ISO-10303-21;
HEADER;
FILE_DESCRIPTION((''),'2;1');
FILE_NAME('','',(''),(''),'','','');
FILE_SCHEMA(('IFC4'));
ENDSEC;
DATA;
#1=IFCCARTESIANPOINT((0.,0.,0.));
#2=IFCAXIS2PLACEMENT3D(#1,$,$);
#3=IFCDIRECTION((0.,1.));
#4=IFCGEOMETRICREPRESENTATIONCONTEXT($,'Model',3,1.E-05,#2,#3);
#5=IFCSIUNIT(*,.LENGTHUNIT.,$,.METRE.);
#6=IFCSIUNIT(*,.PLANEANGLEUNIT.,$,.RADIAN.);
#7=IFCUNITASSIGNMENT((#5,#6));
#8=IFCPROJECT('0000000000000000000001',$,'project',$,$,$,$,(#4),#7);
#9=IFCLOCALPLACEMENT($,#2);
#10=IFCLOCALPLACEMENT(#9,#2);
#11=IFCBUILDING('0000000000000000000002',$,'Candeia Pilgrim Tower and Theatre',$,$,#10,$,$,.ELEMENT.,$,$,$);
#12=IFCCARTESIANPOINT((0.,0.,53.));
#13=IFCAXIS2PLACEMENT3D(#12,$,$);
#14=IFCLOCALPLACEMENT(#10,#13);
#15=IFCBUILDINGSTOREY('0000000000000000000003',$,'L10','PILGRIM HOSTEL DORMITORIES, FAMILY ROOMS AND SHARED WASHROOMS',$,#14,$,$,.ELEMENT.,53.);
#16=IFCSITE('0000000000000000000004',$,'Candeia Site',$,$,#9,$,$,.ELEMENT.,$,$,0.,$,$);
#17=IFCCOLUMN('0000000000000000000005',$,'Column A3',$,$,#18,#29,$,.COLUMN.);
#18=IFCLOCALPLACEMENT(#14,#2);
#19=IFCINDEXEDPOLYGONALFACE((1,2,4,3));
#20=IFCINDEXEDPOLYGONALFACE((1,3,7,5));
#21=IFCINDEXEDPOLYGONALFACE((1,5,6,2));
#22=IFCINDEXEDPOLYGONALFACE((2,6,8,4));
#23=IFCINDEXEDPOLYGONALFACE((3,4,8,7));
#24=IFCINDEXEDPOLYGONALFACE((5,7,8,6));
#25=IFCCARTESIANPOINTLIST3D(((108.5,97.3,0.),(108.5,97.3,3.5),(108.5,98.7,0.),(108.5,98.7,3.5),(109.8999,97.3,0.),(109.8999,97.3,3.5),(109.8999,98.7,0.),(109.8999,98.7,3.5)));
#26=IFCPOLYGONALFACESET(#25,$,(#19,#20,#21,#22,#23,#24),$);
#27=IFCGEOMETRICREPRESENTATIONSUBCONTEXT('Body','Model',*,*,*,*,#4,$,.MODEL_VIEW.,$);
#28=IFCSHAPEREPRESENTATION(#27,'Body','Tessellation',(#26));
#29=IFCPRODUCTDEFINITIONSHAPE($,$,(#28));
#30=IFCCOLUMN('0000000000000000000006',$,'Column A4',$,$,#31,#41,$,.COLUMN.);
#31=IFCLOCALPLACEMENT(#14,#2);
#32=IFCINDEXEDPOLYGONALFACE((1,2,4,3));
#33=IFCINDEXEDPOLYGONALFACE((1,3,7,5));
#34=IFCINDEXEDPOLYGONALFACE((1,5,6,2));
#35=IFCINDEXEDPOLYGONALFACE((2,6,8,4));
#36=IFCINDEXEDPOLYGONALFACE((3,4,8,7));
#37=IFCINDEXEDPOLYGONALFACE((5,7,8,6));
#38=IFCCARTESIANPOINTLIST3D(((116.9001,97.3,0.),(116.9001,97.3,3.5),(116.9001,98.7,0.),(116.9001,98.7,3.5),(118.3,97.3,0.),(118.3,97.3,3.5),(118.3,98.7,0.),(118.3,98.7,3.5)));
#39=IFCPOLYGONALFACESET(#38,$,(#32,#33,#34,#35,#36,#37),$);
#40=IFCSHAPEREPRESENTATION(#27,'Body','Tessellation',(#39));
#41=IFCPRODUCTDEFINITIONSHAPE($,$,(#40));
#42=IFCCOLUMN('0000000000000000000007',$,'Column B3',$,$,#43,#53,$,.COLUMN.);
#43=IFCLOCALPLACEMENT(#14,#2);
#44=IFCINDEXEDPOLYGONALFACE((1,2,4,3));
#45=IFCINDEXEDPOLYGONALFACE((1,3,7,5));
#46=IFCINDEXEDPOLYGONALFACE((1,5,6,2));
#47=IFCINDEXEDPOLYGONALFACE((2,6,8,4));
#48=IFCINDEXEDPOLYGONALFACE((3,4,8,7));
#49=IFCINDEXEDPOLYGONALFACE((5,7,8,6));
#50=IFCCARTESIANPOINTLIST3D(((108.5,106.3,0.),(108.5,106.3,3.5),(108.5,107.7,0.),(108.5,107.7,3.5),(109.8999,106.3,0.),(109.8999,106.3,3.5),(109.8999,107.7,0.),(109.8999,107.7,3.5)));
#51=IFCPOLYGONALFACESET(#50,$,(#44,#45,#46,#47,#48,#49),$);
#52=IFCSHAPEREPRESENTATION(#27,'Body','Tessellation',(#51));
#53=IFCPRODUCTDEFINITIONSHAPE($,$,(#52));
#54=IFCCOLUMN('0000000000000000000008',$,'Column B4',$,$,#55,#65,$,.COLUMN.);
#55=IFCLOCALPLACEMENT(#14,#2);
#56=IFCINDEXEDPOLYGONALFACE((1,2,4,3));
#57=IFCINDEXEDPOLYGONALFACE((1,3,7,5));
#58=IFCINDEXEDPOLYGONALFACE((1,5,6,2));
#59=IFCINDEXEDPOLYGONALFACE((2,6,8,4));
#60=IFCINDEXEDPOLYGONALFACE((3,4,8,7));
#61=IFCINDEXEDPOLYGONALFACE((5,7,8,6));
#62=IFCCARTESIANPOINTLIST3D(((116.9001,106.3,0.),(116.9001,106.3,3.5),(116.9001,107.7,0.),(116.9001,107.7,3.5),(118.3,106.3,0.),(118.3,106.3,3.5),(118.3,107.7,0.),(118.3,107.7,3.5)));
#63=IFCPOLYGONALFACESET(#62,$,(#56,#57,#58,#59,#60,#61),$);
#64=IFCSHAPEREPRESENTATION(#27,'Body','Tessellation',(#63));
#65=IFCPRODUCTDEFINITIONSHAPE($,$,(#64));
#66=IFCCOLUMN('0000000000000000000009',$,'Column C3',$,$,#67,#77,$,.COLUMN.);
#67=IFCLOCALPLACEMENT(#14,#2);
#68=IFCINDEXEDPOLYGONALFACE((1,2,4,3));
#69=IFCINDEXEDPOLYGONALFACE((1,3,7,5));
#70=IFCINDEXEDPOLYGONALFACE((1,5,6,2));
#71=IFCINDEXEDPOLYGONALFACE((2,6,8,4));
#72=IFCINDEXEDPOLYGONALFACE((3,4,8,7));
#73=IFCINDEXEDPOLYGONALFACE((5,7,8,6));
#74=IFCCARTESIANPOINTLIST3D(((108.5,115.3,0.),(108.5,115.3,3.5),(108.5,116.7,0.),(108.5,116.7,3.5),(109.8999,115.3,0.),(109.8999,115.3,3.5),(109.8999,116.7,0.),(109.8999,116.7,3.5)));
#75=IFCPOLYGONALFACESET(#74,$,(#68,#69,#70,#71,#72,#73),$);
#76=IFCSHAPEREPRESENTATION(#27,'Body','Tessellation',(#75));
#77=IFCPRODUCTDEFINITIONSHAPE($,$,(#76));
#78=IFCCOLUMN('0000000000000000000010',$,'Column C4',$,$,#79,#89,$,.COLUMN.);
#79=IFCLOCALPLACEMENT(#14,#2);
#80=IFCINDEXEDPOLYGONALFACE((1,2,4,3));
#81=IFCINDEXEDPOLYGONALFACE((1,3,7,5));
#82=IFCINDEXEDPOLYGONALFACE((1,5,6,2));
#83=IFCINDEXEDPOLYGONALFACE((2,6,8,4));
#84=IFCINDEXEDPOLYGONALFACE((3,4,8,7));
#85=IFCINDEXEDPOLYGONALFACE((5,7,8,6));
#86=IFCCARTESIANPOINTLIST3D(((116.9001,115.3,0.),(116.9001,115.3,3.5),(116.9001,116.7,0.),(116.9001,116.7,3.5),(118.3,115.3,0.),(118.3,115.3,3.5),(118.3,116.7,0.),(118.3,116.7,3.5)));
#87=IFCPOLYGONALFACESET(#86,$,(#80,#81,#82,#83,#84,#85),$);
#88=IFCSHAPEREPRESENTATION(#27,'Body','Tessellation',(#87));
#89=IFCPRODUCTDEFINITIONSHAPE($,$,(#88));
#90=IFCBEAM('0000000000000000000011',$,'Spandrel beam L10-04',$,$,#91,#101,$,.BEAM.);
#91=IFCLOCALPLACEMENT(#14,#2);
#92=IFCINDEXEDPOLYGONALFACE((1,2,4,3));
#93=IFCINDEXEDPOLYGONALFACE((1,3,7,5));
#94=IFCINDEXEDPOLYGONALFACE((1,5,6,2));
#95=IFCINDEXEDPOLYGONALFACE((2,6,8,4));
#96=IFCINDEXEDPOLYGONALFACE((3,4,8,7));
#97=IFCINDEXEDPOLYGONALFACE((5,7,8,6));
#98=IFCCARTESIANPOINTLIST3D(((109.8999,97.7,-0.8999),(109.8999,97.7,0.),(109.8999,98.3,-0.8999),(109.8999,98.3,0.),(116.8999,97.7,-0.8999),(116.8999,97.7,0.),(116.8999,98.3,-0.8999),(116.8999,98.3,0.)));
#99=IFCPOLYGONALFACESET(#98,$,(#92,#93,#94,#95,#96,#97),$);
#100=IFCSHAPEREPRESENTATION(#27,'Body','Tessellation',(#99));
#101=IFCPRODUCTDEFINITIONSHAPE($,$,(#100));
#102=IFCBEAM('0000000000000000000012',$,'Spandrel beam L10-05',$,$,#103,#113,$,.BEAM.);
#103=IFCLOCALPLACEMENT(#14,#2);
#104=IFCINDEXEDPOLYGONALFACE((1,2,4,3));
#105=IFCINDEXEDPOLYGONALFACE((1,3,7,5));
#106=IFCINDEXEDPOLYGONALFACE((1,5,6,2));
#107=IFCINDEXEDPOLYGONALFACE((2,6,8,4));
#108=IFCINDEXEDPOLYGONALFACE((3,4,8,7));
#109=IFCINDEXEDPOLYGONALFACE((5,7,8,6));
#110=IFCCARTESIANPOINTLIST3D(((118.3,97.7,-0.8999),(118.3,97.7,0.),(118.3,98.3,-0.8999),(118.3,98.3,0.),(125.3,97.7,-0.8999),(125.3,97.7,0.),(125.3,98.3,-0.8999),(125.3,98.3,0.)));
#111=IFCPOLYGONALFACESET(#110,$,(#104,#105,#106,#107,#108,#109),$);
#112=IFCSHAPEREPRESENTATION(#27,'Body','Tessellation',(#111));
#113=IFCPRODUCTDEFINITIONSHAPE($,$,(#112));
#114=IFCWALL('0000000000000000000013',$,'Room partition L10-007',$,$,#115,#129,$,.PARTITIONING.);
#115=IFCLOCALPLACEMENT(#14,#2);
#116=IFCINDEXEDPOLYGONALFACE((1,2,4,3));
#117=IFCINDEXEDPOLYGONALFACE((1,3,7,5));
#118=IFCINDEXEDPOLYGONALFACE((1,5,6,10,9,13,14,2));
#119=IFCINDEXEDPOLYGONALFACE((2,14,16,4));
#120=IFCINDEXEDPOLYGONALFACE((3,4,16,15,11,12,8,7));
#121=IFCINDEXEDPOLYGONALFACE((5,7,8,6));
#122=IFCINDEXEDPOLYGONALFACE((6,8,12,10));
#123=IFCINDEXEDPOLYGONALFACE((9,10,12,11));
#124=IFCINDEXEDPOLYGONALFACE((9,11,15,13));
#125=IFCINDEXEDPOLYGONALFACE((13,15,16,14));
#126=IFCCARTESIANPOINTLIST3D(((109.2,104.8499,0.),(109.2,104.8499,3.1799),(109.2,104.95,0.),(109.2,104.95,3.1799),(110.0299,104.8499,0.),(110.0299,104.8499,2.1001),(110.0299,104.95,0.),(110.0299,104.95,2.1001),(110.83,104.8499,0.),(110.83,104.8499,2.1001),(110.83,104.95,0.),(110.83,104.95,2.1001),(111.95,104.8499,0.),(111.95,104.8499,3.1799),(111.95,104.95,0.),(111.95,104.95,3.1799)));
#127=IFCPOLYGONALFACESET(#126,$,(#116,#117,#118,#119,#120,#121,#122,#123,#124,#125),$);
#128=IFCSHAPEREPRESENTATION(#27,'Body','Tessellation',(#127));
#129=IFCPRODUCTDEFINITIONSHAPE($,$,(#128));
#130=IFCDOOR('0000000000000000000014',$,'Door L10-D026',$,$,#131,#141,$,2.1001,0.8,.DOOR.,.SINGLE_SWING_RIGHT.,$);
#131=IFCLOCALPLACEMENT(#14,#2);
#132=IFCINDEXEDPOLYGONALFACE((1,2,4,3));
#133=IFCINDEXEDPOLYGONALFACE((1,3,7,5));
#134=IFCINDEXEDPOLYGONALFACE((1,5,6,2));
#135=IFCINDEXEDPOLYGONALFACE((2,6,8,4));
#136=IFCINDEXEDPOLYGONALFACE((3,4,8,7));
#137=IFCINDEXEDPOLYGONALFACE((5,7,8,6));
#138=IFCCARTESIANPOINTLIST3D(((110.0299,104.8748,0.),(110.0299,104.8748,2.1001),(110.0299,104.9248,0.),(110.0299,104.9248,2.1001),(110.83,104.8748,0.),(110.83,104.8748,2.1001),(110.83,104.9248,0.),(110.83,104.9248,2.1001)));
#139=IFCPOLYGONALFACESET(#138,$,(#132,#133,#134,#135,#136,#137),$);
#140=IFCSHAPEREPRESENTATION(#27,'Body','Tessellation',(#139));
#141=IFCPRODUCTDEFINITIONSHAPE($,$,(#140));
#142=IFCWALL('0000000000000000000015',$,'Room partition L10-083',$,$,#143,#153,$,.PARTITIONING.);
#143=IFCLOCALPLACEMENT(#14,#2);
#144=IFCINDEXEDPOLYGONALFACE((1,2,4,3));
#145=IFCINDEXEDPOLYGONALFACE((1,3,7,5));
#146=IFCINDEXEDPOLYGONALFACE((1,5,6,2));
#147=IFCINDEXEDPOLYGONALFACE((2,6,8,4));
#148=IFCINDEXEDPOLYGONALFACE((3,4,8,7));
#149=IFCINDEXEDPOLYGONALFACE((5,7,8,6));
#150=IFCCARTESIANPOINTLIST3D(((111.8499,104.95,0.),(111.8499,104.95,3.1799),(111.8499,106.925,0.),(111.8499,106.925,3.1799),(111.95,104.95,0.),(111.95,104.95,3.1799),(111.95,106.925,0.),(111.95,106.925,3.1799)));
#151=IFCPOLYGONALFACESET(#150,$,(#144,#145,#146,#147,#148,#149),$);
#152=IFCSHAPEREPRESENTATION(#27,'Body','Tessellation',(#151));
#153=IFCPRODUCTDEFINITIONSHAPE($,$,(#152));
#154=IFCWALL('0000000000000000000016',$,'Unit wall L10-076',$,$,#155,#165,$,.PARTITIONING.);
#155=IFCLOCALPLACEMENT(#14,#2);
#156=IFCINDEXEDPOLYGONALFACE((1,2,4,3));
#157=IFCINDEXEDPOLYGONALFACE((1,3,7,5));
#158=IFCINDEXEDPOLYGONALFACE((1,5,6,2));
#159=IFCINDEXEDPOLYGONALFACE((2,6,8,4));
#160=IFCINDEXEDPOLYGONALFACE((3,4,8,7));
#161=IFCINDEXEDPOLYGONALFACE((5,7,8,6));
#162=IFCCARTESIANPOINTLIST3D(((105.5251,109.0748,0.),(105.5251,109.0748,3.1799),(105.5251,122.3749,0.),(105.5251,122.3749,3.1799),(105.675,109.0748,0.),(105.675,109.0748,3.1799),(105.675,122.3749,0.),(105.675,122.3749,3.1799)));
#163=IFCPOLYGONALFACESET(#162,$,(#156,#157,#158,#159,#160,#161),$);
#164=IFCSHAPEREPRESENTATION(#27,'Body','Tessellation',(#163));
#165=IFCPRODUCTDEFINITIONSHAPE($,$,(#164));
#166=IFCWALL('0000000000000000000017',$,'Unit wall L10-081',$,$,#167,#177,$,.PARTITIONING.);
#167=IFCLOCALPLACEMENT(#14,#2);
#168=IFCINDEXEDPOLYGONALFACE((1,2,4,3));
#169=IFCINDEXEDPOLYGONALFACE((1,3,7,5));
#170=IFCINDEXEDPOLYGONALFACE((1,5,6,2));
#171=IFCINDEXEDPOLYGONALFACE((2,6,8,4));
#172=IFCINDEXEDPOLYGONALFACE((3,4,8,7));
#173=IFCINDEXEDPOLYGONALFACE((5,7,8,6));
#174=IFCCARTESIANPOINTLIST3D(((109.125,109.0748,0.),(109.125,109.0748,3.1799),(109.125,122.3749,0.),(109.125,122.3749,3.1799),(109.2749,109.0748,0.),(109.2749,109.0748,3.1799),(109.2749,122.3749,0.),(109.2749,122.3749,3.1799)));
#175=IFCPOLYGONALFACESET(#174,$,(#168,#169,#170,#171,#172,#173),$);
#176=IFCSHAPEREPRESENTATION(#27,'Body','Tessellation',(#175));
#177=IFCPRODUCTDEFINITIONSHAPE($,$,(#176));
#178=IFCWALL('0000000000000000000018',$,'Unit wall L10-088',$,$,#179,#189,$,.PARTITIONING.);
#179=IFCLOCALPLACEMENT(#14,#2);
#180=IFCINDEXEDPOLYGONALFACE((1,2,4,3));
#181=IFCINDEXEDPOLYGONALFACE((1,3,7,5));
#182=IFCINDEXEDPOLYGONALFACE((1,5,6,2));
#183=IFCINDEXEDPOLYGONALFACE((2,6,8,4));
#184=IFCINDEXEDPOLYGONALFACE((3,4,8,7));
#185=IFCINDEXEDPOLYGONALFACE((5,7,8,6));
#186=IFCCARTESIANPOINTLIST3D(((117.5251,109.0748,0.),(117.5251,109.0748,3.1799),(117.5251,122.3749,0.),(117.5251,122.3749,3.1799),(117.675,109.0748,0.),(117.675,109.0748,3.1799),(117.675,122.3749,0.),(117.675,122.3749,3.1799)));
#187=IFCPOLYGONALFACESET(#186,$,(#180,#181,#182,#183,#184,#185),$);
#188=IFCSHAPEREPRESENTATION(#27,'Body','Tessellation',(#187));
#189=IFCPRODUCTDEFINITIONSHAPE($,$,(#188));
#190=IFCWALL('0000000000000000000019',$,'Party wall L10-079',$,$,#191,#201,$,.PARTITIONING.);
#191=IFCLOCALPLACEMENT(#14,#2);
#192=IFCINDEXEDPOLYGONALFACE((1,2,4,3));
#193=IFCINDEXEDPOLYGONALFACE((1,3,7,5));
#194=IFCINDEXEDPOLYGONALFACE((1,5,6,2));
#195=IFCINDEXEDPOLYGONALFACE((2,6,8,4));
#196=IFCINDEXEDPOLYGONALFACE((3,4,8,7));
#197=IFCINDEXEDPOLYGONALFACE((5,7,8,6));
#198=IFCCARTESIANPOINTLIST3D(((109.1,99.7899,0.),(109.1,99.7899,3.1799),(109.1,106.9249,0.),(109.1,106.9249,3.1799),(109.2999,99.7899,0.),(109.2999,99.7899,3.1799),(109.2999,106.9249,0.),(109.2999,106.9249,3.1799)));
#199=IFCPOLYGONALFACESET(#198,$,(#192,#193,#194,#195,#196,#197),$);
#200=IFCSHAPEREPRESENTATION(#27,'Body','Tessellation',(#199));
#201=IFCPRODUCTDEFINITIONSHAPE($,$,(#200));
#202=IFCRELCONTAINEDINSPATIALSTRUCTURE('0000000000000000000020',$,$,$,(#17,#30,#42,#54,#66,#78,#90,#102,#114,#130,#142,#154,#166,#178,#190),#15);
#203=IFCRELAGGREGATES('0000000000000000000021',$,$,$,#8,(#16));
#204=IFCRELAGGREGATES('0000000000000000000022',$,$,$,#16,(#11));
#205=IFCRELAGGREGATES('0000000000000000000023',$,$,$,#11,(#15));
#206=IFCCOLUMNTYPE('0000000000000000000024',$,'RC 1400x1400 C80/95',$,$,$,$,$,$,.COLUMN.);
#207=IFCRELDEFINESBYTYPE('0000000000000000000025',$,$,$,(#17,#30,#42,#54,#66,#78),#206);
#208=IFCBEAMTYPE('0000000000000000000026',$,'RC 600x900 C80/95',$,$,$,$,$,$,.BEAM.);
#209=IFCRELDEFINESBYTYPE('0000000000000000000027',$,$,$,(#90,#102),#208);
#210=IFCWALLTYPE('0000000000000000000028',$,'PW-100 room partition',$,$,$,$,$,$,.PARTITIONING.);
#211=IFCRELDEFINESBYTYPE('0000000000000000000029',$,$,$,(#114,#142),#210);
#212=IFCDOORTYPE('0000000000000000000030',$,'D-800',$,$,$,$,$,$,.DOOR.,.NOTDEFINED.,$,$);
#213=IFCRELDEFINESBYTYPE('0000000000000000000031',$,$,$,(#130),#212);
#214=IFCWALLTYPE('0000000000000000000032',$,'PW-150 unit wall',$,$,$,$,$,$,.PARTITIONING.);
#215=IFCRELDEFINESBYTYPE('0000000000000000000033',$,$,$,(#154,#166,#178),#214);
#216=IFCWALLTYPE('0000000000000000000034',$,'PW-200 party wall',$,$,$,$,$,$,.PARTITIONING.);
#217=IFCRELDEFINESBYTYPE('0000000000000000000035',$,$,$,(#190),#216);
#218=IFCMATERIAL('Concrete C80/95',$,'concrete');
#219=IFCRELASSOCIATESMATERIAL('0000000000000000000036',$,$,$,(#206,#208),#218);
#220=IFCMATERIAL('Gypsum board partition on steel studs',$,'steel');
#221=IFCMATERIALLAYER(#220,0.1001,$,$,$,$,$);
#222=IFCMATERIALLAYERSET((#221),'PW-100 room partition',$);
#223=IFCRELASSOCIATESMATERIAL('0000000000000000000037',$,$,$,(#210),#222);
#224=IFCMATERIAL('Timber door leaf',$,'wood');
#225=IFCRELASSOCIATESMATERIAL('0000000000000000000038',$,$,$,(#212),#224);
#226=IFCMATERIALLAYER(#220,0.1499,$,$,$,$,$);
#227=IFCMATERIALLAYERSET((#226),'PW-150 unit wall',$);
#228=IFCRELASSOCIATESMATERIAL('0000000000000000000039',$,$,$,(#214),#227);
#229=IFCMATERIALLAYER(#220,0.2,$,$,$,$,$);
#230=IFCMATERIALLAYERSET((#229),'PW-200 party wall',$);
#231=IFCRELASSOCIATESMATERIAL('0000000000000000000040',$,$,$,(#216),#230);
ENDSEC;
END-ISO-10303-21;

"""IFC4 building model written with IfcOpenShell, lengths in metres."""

from ifc_helpers import new_model, si_unit, direction, frame, frame_2d, origin, origin_2d, place, context, subcontext, project, spatial, rectangle, extrude, material, layer, layer_set, material_profile, profile_set, type_object, element, fill, save


model = new_model("IFC4")

# Units and contexts
model_context = context("Model", 3, precision=1e-05, world=origin(), true_north=direction((0.0, 1.0)))
body_context = subcontext(model_context, "Body", "Model", "MODEL_VIEW")
ifc_project = project(units=[si_unit("LENGTHUNIT", "METRE"), si_unit("PLANEANGLEUNIT", "RADIAN")], contexts=[model_context])

# Site, building, storey
site_placement = place(None, origin())
site = spatial("IfcSite", under=ifc_project, at=site_placement, Name="Candeia Site", CompositionType="ELEMENT", RefElevation=0.0)
building_placement = place(site_placement, origin())
building = spatial("IfcBuilding", under=site, at=building_placement, Name="Candeia Pilgrim Tower and Theatre", CompositionType="ELEMENT")
storey_placement = place(building_placement, frame((0.0, 0.0, 53.0)))
storey = spatial("IfcBuildingStorey", under=building, at=storey_placement, Name="L10", Description="PILGRIM HOSTEL DORMITORIES, FAMILY ROOMS AND SHARED WASHROOMS", CompositionType="ELEMENT", Elevation=53.0)

# Columns
ifc_material_1 = material(Name="Concrete C80/95", Category="concrete")
ifc_material_profile_1 = material_profile(ifc_material_1, rectangle(XDim=1.3999, YDim=1.3999, at=origin_2d()))
ifc_profile_set_1 = profile_set([ifc_material_profile_1], Name="Concrete C80/95")
column_type = type_object("IfcColumnType", Name="RC 1400x1400 C80/95", PredefinedType="COLUMN", material=ifc_profile_set_1)
for number, where, z_axis, x_axis, name in (
    (1, (109.2, 98.0, 0.0), (0.0, 0.0, 1.0), (1.0, 0.0, 0.0), "Column A3"),
    (2, (117.6001, 98.0, 0.0), (0.0, 0.0, 1.0), (1.0, 0.0, 0.0), "Column A4"),
    (3, (109.2, 107.0, 0.0), (0.0, 0.0, 1.0), (1.0, 0.0, 0.0), "Column B3"),
    (4, (117.6001, 107.0, 0.0), (0.0, 0.0, 1.0), (1.0, 0.0, 0.0), "Column B4"),
    (5, (109.2, 116.0, 0.0), (0.0, 0.0, 1.0), (1.0, 0.0, 0.0), "Column C3"),
    (6, (117.6001, 116.0, 0.0), (0.0, 0.0, 1.0), (1.0, 0.0, 0.0), "Column C4"),
):
    element("IfcColumn", number, at=place(storey_placement, frame(where, z_axis=z_axis, x_axis=x_axis)), inside=storey, type_object=column_type, Name=name, PredefinedType="COLUMN", context=body_context, shape_type="SweptSolid", body=[
        extrude(rectangle(XDim=1.3999, YDim=1.3999, at=origin_2d()), origin(), (0.0, 0.0, 1.0), 3.5),
    ])

# Beams
ifc_material_profile_2 = material_profile(ifc_material_1, rectangle(XDim=0.6001, YDim=0.8999, at=origin_2d()))
ifc_profile_set_2 = profile_set([ifc_material_profile_2], Name="Concrete C80/95")
beam_type = type_object("IfcBeamType", Name="RC 600x900 C80/95", PredefinedType="BEAM", material=ifc_profile_set_2)
for number, where, z_axis, x_axis, name in (
    (7, (109.8999, 98.0, -0.45), (1.0, 0.0, 0.0), (0.0, 1.0, 0.0), "Spandrel beam L10-04"),
    (8, (118.3, 98.0, -0.45), (1.0, 0.0, 0.0), (0.0, 1.0, 0.0), "Spandrel beam L10-05"),
):
    element("IfcBeam", number, at=place(storey_placement, frame(where, z_axis=z_axis, x_axis=x_axis)), inside=storey, type_object=beam_type, Name=name, PredefinedType="BEAM", context=body_context, shape_type="SweptSolid", body=[
        extrude(rectangle(XDim=0.6001, YDim=0.8999, at=origin_2d()), origin(), (0.0, 0.0, 1.0), 7.0),
    ])

# Wall, opening, door
ifc_material_2 = material(Name="Gypsum board partition on steel studs", Category="steel")
ifc_layer_1 = layer(ifc_material_2, 0.1001)
ifc_layer_set_1 = layer_set([ifc_layer_1], Name="PW-100 room partition")
wall_type_1 = type_object("IfcWallType", Name="PW-100 room partition", PredefinedType="PARTITIONING", material=ifc_layer_set_1)
wall_1_placement = place(storey_placement, frame((109.2, 104.8999, 0.0), z_axis=(0.0, 0.0, 1.0), x_axis=(1.0, 0.0, 0.0)))
wall_1 = element("IfcWall", 9, at=wall_1_placement, inside=storey, type_object=wall_type_1, Name="Room partition L10-007", PredefinedType="PARTITIONING", context=body_context, shape_type="SweptSolid", body=[
    extrude(rectangle(XDim=2.75, YDim=0.1001, at=frame_2d((1.375, 0.0))), origin(), (0.0, 0.0, 1.0), 3.1799),
])
opening_placement = place(wall_1_placement, frame((0.8301, 0.0, 0.0)))
opening = element("IfcOpeningElement", 10, at=opening_placement, cuts=wall_1, PredefinedType="OPENING", context=body_context, shape_type="SweptSolid", body=[
    extrude(rectangle(XDim=0.8, YDim=2.1001, at=frame_2d((0.3999, 1.05))), frame((0.0, 0.0601, 0.0), z_axis=(0.0, -1.0, 0.0), x_axis=(1.0, 0.0, 0.0)), (0.0, 0.0, 1.0), 0.1201),
])
ifc_material_3 = material(Name="Timber door leaf", Category="wood")
door_type = type_object("IfcDoorType", Name="D-800", OperationType="NOTDEFINED", PredefinedType="DOOR", material=ifc_material_3)
door_placement = place(opening_placement, origin())
door = element("IfcDoor", 11, at=door_placement, inside=storey, type_object=door_type, Name="Door L10-D026", OperationType="SINGLE_SWING_RIGHT", OverallHeight=2.1001, OverallWidth=0.8, PredefinedType="DOOR", context=body_context, shape_type="SweptSolid", body=[
    extrude(rectangle(XDim=0.8, YDim=2.1001, at=frame_2d((0.3999, 1.05))), frame((0.0, 0.0249, 0.0), z_axis=(0.0, -1.0, 0.0), x_axis=(1.0, 0.0, 0.0)), (0.0, 0.0, 1.0), 0.05),
])
fill(opening, door)

# Walls
wall_2_placement = place(storey_placement, frame((111.8999, 104.95, 0.0), z_axis=(0.0, 0.0, 1.0), x_axis=(0.0, 1.0, 0.0)))
element("IfcWall", 12, at=wall_2_placement, inside=storey, type_object=wall_type_1, Name="Room partition L10-083", PredefinedType="PARTITIONING", context=body_context, shape_type="SweptSolid", body=[
    extrude(rectangle(XDim=1.9751, YDim=0.1001, at=frame_2d((0.9875, 0.0))), origin(), (0.0, 0.0, 1.0), 3.1799),
])
ifc_layer_2 = layer(ifc_material_2, 0.1499)
ifc_layer_set_2 = layer_set([ifc_layer_2], Name="PW-150 unit wall")
wall_type_2 = type_object("IfcWallType", Name="PW-150 unit wall", PredefinedType="PARTITIONING", material=ifc_layer_set_2)
for number, where, z_axis, x_axis, name in (
    (13, (105.6001, 109.075, 0.0), (0.0, 0.0, 1.0), (0.0, 1.0, 0.0), "Unit wall L10-076"),
    (14, (109.2, 109.075, 0.0), (0.0, 0.0, 1.0), (0.0, 1.0, 0.0), "Unit wall L10-081"),
    (15, (117.6001, 109.075, 0.0), (0.0, 0.0, 1.0), (0.0, 1.0, 0.0), "Unit wall L10-088"),
):
    element("IfcWall", number, at=place(storey_placement, frame(where, z_axis=z_axis, x_axis=x_axis)), inside=storey, type_object=wall_type_2, Name=name, PredefinedType="PARTITIONING", context=body_context, shape_type="SweptSolid", body=[
        extrude(rectangle(XDim=13.3, YDim=0.1499, at=frame_2d((6.6499, 0.0))), origin(), (0.0, 0.0, 1.0), 3.1799),
    ])
ifc_layer_3 = layer(ifc_material_2, 0.2)
ifc_layer_set_3 = layer_set([ifc_layer_3], Name="PW-200 party wall")
wall_type_3 = type_object("IfcWallType", Name="PW-200 party wall", PredefinedType="PARTITIONING", material=ifc_layer_set_3)
for number, where, z_axis, x_axis, name in (
    (16, (109.2, 99.79, 0.0), (0.0, 0.0, 1.0), (0.0, 1.0, 0.0), "Party wall L10-079"),
):
    element("IfcWall", number, at=place(storey_placement, frame(where, z_axis=z_axis, x_axis=x_axis)), inside=storey, type_object=wall_type_3, Name=name, PredefinedType="PARTITIONING", context=body_context, shape_type="SweptSolid", body=[
        extrude(rectangle(XDim=7.135, YDim=0.2, at=frame_2d((3.5674, 0.0))), origin(), (0.0, 0.0, 1.0), 3.1799),
    ])

save(model, "model.ifc")
